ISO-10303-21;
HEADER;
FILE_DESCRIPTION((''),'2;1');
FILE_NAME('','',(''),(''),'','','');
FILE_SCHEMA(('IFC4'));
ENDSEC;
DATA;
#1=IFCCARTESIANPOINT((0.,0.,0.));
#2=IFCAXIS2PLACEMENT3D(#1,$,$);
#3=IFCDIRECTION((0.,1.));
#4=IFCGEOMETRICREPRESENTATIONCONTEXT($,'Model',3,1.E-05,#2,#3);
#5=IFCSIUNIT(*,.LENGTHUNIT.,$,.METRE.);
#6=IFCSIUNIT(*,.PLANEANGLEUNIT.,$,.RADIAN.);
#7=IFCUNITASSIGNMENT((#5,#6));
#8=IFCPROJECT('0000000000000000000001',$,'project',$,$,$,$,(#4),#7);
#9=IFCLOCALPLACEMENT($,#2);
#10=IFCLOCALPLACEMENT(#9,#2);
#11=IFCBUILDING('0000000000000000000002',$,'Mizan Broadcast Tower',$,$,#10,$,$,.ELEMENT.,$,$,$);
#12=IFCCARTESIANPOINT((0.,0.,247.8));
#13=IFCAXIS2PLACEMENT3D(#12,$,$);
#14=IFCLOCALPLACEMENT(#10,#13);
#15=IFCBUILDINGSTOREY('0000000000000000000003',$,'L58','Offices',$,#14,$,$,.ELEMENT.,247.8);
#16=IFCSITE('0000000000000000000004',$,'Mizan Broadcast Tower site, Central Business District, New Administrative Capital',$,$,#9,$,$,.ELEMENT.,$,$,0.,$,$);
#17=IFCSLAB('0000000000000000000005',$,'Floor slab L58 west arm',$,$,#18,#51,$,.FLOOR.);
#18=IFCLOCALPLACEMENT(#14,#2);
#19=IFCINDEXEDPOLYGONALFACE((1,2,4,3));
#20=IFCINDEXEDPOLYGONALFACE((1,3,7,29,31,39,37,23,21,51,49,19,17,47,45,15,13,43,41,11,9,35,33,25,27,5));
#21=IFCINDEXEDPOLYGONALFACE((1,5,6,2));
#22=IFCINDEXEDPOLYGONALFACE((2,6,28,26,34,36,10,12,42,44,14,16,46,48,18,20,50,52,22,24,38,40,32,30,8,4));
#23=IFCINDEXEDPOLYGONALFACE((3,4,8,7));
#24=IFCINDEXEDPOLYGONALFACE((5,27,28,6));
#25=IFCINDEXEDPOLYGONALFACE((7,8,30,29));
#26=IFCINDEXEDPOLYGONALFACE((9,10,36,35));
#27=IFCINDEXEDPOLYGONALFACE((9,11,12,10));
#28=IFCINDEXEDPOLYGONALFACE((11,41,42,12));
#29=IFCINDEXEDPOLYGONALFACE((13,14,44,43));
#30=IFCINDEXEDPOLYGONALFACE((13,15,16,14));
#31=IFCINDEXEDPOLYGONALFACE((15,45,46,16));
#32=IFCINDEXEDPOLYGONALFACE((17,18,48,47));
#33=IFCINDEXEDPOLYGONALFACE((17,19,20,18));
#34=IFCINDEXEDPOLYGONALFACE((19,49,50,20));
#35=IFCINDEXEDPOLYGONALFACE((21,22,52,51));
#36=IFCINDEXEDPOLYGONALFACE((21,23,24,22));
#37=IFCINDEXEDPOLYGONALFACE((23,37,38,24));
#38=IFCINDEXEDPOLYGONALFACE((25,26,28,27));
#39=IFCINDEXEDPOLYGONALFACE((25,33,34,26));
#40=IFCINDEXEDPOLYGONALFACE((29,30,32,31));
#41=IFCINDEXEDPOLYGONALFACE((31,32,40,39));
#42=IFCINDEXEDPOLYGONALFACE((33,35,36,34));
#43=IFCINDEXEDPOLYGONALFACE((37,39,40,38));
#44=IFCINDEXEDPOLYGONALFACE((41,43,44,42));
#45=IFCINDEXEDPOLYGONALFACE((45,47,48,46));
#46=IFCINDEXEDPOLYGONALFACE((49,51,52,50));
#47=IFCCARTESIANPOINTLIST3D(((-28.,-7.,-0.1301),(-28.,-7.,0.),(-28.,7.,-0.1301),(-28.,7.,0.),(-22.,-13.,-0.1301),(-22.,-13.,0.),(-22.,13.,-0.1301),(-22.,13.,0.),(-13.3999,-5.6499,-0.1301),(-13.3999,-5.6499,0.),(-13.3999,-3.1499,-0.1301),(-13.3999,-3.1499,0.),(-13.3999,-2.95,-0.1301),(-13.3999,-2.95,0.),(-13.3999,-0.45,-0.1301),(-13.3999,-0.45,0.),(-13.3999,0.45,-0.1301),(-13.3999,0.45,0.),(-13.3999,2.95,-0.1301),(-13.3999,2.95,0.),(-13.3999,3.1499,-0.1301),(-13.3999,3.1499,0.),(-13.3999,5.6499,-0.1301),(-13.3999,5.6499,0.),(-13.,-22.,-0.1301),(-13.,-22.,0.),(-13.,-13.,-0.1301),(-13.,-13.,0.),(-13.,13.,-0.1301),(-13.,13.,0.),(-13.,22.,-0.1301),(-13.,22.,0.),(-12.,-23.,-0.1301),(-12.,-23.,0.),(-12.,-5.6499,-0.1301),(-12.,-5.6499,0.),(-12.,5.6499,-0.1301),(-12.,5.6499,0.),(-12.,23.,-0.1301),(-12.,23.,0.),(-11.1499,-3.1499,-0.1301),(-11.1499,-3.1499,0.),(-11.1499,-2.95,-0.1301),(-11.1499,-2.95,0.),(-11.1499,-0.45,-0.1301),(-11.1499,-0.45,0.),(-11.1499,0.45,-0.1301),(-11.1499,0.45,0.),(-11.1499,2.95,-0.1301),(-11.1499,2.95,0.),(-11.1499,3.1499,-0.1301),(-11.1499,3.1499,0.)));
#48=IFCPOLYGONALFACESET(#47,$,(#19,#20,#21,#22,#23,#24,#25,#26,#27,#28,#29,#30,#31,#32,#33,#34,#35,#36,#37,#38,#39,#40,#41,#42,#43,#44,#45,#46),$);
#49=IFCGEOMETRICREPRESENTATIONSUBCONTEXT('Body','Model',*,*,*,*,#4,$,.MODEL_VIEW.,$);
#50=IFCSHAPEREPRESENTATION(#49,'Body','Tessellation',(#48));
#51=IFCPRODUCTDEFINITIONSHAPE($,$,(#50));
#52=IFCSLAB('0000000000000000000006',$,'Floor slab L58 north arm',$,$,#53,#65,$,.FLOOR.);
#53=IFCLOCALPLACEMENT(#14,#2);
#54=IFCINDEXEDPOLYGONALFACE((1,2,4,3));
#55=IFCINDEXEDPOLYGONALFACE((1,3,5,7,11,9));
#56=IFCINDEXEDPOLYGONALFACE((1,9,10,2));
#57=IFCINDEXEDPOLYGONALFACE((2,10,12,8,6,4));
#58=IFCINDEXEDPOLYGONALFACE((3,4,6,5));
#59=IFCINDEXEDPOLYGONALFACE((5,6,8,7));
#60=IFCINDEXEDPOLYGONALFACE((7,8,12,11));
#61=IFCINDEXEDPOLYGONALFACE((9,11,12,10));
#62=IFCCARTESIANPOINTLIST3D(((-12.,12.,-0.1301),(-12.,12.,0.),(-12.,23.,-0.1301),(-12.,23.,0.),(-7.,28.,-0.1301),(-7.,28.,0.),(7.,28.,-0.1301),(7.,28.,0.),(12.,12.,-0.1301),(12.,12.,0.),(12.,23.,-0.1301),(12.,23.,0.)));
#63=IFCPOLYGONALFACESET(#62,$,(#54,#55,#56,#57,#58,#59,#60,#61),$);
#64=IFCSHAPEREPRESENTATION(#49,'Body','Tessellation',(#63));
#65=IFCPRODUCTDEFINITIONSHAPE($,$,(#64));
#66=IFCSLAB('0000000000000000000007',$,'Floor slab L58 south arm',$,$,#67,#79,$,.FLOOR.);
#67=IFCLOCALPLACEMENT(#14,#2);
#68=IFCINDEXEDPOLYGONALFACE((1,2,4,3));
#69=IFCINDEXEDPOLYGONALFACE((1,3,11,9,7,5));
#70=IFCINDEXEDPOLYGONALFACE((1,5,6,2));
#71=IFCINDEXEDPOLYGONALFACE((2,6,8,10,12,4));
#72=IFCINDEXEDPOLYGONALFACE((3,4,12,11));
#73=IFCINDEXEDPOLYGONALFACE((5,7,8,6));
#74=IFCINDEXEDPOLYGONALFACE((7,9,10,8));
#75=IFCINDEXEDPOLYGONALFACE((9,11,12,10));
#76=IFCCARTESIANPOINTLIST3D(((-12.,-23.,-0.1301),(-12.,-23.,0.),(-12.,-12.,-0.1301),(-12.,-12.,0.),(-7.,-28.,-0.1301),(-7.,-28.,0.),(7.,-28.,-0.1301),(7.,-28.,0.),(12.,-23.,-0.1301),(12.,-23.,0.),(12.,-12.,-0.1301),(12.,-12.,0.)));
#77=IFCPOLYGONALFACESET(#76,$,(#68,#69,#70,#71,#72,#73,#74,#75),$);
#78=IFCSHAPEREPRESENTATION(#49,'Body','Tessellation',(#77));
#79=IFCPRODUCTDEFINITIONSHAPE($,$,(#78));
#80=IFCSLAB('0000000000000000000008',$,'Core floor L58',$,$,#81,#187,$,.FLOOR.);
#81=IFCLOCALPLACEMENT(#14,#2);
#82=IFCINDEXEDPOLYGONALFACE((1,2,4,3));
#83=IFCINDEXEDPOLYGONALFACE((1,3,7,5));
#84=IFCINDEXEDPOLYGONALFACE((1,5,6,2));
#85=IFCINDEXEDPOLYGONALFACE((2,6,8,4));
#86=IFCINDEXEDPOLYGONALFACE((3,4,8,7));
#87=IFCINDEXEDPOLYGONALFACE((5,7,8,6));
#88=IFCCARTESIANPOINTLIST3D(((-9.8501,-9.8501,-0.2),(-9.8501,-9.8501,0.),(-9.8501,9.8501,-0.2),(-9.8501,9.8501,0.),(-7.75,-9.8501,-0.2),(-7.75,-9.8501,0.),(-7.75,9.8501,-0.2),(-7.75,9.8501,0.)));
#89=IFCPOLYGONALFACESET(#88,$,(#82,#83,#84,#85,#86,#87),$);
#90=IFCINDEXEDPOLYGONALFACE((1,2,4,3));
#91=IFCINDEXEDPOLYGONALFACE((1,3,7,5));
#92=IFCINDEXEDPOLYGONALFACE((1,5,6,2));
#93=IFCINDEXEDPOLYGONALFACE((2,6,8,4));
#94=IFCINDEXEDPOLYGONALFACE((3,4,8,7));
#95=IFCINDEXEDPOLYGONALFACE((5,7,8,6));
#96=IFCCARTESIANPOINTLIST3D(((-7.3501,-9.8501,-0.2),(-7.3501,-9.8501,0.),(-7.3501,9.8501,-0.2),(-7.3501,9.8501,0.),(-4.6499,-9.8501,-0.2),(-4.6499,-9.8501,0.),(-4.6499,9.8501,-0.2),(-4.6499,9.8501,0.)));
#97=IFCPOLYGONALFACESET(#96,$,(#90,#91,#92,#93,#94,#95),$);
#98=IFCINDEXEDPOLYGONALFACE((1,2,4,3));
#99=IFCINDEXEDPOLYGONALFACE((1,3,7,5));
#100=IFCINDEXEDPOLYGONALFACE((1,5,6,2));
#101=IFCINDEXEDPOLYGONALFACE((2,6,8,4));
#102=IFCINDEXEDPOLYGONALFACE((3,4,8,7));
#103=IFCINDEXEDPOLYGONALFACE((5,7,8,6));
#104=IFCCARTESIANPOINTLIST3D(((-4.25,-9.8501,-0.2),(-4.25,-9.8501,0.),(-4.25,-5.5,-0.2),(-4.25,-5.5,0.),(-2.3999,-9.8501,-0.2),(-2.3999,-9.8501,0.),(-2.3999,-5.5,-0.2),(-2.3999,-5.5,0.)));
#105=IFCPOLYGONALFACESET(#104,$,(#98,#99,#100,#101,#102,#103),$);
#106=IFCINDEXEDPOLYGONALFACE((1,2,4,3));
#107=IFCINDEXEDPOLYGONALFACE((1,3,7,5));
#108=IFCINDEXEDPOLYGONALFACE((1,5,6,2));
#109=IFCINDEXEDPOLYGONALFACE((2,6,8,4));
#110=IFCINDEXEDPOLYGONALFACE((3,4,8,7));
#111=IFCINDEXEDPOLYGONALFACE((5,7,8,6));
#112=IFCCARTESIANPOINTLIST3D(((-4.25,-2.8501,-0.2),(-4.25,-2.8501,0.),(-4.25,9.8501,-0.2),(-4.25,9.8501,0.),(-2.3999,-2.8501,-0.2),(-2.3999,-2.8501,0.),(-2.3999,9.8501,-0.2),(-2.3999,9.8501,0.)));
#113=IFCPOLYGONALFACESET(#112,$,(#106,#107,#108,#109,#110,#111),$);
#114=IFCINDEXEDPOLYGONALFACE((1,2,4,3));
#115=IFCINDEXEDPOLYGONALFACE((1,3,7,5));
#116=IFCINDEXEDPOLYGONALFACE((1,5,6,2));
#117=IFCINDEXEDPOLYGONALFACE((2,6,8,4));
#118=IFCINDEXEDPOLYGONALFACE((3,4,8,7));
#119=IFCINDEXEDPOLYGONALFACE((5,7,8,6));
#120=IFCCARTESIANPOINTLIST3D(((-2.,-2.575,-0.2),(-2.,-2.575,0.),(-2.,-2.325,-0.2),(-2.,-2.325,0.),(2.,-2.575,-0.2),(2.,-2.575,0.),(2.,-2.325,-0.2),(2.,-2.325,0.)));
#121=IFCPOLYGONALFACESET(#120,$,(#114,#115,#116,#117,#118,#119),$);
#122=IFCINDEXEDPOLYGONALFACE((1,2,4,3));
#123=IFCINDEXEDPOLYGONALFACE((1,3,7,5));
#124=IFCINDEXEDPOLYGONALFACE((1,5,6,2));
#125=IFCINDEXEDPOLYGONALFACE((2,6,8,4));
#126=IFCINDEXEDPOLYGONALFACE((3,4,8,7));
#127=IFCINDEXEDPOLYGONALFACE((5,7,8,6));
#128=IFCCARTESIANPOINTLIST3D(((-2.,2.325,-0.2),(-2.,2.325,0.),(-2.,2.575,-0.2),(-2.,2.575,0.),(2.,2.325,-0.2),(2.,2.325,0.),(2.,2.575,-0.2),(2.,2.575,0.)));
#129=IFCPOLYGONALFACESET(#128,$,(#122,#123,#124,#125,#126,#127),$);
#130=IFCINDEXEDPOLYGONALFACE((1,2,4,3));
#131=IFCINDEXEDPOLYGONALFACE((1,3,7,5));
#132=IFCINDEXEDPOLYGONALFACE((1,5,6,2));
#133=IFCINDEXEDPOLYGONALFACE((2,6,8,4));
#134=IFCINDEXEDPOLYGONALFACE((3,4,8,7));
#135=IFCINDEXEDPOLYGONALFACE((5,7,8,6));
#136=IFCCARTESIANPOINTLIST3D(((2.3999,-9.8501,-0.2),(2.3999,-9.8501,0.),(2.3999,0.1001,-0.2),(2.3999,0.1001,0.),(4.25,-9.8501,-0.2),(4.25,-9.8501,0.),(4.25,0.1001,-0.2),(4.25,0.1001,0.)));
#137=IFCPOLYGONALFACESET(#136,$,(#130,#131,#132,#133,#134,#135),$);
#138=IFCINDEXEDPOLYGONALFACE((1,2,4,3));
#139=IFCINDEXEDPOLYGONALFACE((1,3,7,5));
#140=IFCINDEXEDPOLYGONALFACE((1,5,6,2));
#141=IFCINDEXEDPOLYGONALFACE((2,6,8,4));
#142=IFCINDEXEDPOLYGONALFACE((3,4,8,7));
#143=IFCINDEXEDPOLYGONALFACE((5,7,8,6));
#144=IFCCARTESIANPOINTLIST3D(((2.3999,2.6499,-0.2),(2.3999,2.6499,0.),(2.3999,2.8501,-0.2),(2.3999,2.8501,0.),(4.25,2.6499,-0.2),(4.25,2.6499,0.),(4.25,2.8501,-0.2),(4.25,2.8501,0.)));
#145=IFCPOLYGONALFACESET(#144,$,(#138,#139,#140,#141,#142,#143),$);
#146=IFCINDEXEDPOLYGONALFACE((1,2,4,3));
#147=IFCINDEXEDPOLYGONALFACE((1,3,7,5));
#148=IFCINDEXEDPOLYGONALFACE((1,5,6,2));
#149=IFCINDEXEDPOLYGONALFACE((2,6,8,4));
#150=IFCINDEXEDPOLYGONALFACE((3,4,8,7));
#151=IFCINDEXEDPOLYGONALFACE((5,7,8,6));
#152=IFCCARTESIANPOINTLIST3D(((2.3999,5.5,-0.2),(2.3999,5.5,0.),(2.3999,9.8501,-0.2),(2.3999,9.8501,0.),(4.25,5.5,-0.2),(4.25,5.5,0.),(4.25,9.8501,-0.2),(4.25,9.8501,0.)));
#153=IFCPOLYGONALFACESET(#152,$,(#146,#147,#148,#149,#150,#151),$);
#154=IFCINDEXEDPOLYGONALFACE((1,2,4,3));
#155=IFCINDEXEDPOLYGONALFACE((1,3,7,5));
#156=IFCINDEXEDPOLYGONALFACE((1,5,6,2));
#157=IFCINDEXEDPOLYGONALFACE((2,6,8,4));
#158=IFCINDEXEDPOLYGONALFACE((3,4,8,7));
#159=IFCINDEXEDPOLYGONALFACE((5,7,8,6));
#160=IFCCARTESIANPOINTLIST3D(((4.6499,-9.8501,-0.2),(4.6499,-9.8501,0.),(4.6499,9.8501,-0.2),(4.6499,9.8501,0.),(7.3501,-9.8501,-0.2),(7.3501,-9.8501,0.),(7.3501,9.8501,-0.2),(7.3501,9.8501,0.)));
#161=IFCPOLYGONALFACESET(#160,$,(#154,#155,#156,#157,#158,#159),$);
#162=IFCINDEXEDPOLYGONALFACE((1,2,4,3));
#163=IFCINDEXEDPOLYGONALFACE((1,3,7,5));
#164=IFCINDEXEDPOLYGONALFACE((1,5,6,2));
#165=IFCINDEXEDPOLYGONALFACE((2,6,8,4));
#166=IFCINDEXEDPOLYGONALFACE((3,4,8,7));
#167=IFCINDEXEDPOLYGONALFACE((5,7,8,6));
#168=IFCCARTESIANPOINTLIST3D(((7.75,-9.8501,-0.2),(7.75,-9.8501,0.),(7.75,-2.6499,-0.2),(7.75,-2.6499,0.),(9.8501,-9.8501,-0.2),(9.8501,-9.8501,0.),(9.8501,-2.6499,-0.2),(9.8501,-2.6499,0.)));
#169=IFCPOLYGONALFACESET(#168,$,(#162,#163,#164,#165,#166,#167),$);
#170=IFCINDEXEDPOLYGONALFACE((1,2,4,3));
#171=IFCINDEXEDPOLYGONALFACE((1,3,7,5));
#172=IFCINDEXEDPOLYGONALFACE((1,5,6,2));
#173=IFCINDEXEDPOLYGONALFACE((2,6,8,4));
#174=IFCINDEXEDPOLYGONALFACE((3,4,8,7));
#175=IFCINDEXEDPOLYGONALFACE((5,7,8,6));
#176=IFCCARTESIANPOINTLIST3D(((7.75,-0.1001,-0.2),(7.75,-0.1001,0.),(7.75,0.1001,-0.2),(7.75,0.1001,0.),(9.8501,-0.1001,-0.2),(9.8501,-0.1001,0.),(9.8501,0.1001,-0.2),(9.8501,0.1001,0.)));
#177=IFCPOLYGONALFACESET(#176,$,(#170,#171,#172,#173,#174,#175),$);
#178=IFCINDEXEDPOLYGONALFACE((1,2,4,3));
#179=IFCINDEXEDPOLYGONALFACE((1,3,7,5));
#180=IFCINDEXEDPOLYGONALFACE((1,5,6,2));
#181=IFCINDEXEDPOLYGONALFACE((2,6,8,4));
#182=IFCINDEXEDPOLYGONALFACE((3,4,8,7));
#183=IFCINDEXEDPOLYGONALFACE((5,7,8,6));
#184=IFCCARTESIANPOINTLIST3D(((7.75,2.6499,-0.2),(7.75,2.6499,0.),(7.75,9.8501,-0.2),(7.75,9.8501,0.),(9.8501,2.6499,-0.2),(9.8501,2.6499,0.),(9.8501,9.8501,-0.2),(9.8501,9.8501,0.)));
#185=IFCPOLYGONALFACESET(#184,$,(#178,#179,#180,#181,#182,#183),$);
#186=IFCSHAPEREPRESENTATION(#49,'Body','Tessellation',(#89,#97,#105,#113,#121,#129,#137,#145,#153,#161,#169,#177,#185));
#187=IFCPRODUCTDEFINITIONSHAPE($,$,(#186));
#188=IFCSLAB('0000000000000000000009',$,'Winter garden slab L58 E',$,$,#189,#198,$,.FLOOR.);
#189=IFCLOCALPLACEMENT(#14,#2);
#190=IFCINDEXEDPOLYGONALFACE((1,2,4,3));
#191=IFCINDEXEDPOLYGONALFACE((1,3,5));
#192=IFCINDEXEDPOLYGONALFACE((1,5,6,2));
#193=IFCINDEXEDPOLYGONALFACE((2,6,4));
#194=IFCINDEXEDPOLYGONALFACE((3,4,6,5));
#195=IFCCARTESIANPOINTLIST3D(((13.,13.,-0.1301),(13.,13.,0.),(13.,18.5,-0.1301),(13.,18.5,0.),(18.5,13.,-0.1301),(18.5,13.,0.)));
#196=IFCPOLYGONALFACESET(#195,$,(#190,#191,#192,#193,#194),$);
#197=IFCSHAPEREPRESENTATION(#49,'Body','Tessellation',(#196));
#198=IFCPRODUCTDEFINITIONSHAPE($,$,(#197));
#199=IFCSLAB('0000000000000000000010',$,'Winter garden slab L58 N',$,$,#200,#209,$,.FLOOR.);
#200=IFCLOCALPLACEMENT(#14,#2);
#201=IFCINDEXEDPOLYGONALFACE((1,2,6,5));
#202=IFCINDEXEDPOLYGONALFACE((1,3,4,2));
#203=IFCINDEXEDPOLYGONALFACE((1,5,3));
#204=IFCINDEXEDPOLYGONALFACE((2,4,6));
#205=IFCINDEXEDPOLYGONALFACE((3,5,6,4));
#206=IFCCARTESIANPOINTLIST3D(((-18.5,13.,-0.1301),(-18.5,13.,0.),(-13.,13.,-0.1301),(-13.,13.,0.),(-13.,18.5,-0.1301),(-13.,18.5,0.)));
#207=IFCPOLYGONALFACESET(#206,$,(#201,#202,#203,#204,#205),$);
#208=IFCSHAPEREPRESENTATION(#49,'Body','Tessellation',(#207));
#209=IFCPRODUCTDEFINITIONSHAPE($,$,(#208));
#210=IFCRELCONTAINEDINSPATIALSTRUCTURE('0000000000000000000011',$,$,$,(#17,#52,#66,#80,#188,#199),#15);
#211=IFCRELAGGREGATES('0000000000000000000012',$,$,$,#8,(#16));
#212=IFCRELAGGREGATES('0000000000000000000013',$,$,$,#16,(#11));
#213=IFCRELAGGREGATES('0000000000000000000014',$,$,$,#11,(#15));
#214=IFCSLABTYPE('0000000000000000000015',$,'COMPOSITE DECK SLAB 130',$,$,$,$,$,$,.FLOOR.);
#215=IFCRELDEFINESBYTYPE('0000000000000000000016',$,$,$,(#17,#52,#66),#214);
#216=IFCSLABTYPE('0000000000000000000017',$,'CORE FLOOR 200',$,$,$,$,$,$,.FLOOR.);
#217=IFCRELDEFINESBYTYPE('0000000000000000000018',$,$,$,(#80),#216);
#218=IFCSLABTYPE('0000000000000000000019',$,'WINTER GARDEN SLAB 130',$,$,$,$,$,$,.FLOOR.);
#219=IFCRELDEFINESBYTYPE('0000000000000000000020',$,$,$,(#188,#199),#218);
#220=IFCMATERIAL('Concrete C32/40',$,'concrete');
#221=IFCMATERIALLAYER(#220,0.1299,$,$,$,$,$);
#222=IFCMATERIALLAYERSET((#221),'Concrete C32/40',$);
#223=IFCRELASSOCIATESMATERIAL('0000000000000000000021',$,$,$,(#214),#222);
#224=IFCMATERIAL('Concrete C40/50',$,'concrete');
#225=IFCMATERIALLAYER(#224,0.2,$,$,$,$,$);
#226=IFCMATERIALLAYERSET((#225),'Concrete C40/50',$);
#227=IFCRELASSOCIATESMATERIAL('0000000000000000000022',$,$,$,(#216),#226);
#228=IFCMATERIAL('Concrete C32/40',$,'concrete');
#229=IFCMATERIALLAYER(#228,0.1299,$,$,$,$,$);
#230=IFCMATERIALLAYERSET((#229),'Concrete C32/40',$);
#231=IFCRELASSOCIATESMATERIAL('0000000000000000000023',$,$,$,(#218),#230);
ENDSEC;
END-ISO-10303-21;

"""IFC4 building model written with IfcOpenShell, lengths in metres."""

from ifc_helpers import new_model, si_unit, direction, frame, origin, place, context, subcontext, project, spatial, polyline, outline, extrude, material, layer, layer_set, type_object, element, save


model = new_model("IFC4")

# Units and contexts
model_context = context("Model", 3, precision=1e-05, world=origin(), true_north=direction((0.0, 1.0)))
body_context = subcontext(model_context, "Body", "Model", "MODEL_VIEW")
ifc_project = project(units=[si_unit("LENGTHUNIT", "METRE"), si_unit("PLANEANGLEUNIT", "RADIAN")], contexts=[model_context])

# Site, building, storey
site_placement = place(None, origin())
site = spatial("IfcSite", under=ifc_project, at=site_placement, Name="Mizan Broadcast Tower site, Central Business District, New Administrative Capital", CompositionType="ELEMENT", RefElevation=0.0)
building_placement = place(site_placement, origin())
building = spatial("IfcBuilding", under=site, at=building_placement, Name="Mizan Broadcast Tower", CompositionType="ELEMENT")
storey_placement = place(building_placement, frame((0.0, 0.0, 247.8)))
storey = spatial("IfcBuildingStorey", under=building, at=storey_placement, Name="L58", Description="Offices", CompositionType="ELEMENT", Elevation=247.8)

# Slabs
ifc_material_1 = material(Name="Concrete C32/40", Category="concrete")
ifc_layer_1 = layer(ifc_material_1, 0.1299)
ifc_layer_set_1 = layer_set([ifc_layer_1], Name="Concrete C32/40")
slab_type_1 = type_object("IfcSlabType", Name="COMPOSITE DECK SLAB 130", PredefinedType="FLOOR", material=ifc_layer_set_1)
slab_1_placement = place(storey_placement, frame((0.0, 0.0, -0.1301)))
element("IfcSlab", 1, at=slab_1_placement, inside=storey, type_object=slab_type_1, Name="Floor slab L58 west arm", PredefinedType="FLOOR", context=body_context, shape_type="SweptSolid", body=[
    extrude(outline(polyline([(-22.0, 13.0), (-28.0, 7.0), (-28.0, -7.0), (-22.0, -13.0), (-13.0, -13.0), (-13.0, -22.0), (-12.0, -23.0), (-12.0, -5.6499), (-13.3999, -5.6499), (-13.3999, -3.1499), (-11.1499, -3.1499), (-11.1499, -2.95), (-13.3999, -2.95), (-13.3999, -0.45), (-11.1499, -0.45), (-11.1499, 0.45), (-13.3999, 0.45), (-13.3999, 2.95), (-11.1499, 2.95), (-11.1499, 3.1499), (-13.3999, 3.1499), (-13.3999, 5.6499), (-12.0, 5.6499), (-12.0, 23.0), (-13.0, 22.0), (-13.0, 13.0), (-22.0, 13.0)])), origin(), (0.0, 0.0, 1.0), 0.1301),
])
slab_2_placement = place(storey_placement, frame((0.0, 0.0, -0.1301)))
element("IfcSlab", 2, at=slab_2_placement, inside=storey, type_object=slab_type_1, Name="Floor slab L58 north arm", PredefinedType="FLOOR", context=body_context, shape_type="SweptSolid", body=[
    extrude(outline(polyline([(-7.0, 28.0), (-12.0, 23.0), (-12.0, 12.0), (12.0, 12.0), (12.0, 23.0), (7.0, 28.0), (-7.0, 28.0)])), origin(), (0.0, 0.0, 1.0), 0.1301),
])
slab_3_placement = place(storey_placement, frame((0.0, 0.0, -0.1301)))
element("IfcSlab", 3, at=slab_3_placement, inside=storey, type_object=slab_type_1, Name="Floor slab L58 south arm", PredefinedType="FLOOR", context=body_context, shape_type="SweptSolid", body=[
    extrude(outline(polyline([(7.0, -28.0), (12.0, -23.0), (12.0, -12.0), (-12.0, -12.0), (-12.0, -23.0), (-7.0, -28.0), (7.0, -28.0)])), origin(), (0.0, 0.0, 1.0), 0.1301),
])
ifc_material_2 = material(Name="Concrete C40/50", Category="concrete")
ifc_layer_2 = layer(ifc_material_2, 0.2)
ifc_layer_set_2 = layer_set([ifc_layer_2], Name="Concrete C40/50")
slab_type_2 = type_object("IfcSlabType", Name="CORE FLOOR 200", PredefinedType="FLOOR", material=ifc_layer_set_2)
slab_4_placement = place(storey_placement, frame((0.0, 0.0, -0.2)))
element("IfcSlab", 4, at=slab_4_placement, inside=storey, type_object=slab_type_2, Name="Core floor L58", PredefinedType="FLOOR", context=body_context, shape_type="SweptSolid", body=[
    extrude(outline(polyline([(-9.8501, -9.8501), (-7.75, -9.8501), (-7.75, 9.8501), (-9.8501, 9.8501), (-9.8501, -9.8501)])), origin(), (0.0, 0.0, 1.0), 0.2),
    extrude(outline(polyline([(-4.6499, 9.8501), (-7.3501, 9.8501), (-7.3501, -9.8501), (-4.6499, -9.8501), (-4.6499, 9.8501)])), origin(), (0.0, 0.0, 1.0), 0.2),
    extrude(outline(polyline([(-4.25, -5.5), (-4.25, -9.8501), (-2.3999, -9.8501), (-2.3999, -5.5), (-4.25, -5.5)])), origin(), (0.0, 0.0, 1.0), 0.2),
    extrude(outline(polyline([(-4.25, -2.8501), (-2.3999, -2.8501), (-2.3999, 9.8501), (-4.25, 9.8501), (-4.25, -2.8501)])), origin(), (0.0, 0.0, 1.0), 0.2),
    extrude(outline(polyline([(2.0, -2.325), (-2.0, -2.325), (-2.0, -2.575), (2.0, -2.575), (2.0, -2.325)])), origin(), (0.0, 0.0, 1.0), 0.2),
    extrude(outline(polyline([(2.0, 2.575), (-2.0, 2.575), (-2.0, 2.325), (2.0, 2.325), (2.0, 2.575)])), origin(), (0.0, 0.0, 1.0), 0.2),
    extrude(outline(polyline([(4.25, -9.8501), (4.25, 0.1001), (2.3999, 0.1001), (2.3999, -9.8501), (4.25, -9.8501)])), origin(), (0.0, 0.0, 1.0), 0.2),
    extrude(outline(polyline([(4.25, 2.6499), (4.25, 2.8501), (2.3999, 2.8501), (2.3999, 2.6499), (4.25, 2.6499)])), origin(), (0.0, 0.0, 1.0), 0.2),
    extrude(outline(polyline([(4.25, 5.5), (4.25, 9.8501), (2.3999, 9.8501), (2.3999, 5.5), (4.25, 5.5)])), origin(), (0.0, 0.0, 1.0), 0.2),
    extrude(outline(polyline([(4.6499, 9.8501), (4.6499, -9.8501), (7.3501, -9.8501), (7.3501, 9.8501), (4.6499, 9.8501)])), origin(), (0.0, 0.0, 1.0), 0.2),
    extrude(outline(polyline([(9.8501, -9.8501), (9.8501, -2.6499), (7.75, -2.6499), (7.75, -9.8501), (9.8501, -9.8501)])), origin(), (0.0, 0.0, 1.0), 0.2),
    extrude(outline(polyline([(9.8501, -0.1001), (9.8501, 0.1001), (7.75, 0.1001), (7.75, -0.1001), (9.8501, -0.1001)])), origin(), (0.0, 0.0, 1.0), 0.2),
    extrude(outline(polyline([(7.75, 9.8501), (7.75, 2.6499), (9.8501, 2.6499), (9.8501, 9.8501), (7.75, 9.8501)])), origin(), (0.0, 0.0, 1.0), 0.2),
])
ifc_material_3 = material(Name="Concrete C32/40", Category="concrete")
ifc_layer_3 = layer(ifc_material_3, 0.1299)
ifc_layer_set_3 = layer_set([ifc_layer_3], Name="Concrete C32/40")
slab_type_3 = type_object("IfcSlabType", Name="WINTER GARDEN SLAB 130", PredefinedType="FLOOR", material=ifc_layer_set_3)
slab_5_placement = place(storey_placement, frame((0.0, 0.0, -0.1301)))
element("IfcSlab", 5, at=slab_5_placement, inside=storey, type_object=slab_type_3, Name="Winter garden slab L58 E", PredefinedType="FLOOR", context=body_context, shape_type="SweptSolid", body=[
    extrude(outline(polyline([(13.0, 13.0), (18.5, 13.0), (13.0, 18.5), (13.0, 13.0)])), origin(), (0.0, 0.0, 1.0), 0.1301),
])
slab_6_placement = place(storey_placement, frame((0.0, 0.0, -0.1301)))
element("IfcSlab", 6, at=slab_6_placement, inside=storey, type_object=slab_type_3, Name="Winter garden slab L58 N", PredefinedType="FLOOR", context=body_context, shape_type="SweptSolid", body=[
    extrude(outline(polyline([(-13.0, 13.0), (-13.0, 18.5), (-18.5, 13.0), (-13.0, 13.0)])), origin(), (0.0, 0.0, 1.0), 0.1301),
])

save(model, "model.ifc")
